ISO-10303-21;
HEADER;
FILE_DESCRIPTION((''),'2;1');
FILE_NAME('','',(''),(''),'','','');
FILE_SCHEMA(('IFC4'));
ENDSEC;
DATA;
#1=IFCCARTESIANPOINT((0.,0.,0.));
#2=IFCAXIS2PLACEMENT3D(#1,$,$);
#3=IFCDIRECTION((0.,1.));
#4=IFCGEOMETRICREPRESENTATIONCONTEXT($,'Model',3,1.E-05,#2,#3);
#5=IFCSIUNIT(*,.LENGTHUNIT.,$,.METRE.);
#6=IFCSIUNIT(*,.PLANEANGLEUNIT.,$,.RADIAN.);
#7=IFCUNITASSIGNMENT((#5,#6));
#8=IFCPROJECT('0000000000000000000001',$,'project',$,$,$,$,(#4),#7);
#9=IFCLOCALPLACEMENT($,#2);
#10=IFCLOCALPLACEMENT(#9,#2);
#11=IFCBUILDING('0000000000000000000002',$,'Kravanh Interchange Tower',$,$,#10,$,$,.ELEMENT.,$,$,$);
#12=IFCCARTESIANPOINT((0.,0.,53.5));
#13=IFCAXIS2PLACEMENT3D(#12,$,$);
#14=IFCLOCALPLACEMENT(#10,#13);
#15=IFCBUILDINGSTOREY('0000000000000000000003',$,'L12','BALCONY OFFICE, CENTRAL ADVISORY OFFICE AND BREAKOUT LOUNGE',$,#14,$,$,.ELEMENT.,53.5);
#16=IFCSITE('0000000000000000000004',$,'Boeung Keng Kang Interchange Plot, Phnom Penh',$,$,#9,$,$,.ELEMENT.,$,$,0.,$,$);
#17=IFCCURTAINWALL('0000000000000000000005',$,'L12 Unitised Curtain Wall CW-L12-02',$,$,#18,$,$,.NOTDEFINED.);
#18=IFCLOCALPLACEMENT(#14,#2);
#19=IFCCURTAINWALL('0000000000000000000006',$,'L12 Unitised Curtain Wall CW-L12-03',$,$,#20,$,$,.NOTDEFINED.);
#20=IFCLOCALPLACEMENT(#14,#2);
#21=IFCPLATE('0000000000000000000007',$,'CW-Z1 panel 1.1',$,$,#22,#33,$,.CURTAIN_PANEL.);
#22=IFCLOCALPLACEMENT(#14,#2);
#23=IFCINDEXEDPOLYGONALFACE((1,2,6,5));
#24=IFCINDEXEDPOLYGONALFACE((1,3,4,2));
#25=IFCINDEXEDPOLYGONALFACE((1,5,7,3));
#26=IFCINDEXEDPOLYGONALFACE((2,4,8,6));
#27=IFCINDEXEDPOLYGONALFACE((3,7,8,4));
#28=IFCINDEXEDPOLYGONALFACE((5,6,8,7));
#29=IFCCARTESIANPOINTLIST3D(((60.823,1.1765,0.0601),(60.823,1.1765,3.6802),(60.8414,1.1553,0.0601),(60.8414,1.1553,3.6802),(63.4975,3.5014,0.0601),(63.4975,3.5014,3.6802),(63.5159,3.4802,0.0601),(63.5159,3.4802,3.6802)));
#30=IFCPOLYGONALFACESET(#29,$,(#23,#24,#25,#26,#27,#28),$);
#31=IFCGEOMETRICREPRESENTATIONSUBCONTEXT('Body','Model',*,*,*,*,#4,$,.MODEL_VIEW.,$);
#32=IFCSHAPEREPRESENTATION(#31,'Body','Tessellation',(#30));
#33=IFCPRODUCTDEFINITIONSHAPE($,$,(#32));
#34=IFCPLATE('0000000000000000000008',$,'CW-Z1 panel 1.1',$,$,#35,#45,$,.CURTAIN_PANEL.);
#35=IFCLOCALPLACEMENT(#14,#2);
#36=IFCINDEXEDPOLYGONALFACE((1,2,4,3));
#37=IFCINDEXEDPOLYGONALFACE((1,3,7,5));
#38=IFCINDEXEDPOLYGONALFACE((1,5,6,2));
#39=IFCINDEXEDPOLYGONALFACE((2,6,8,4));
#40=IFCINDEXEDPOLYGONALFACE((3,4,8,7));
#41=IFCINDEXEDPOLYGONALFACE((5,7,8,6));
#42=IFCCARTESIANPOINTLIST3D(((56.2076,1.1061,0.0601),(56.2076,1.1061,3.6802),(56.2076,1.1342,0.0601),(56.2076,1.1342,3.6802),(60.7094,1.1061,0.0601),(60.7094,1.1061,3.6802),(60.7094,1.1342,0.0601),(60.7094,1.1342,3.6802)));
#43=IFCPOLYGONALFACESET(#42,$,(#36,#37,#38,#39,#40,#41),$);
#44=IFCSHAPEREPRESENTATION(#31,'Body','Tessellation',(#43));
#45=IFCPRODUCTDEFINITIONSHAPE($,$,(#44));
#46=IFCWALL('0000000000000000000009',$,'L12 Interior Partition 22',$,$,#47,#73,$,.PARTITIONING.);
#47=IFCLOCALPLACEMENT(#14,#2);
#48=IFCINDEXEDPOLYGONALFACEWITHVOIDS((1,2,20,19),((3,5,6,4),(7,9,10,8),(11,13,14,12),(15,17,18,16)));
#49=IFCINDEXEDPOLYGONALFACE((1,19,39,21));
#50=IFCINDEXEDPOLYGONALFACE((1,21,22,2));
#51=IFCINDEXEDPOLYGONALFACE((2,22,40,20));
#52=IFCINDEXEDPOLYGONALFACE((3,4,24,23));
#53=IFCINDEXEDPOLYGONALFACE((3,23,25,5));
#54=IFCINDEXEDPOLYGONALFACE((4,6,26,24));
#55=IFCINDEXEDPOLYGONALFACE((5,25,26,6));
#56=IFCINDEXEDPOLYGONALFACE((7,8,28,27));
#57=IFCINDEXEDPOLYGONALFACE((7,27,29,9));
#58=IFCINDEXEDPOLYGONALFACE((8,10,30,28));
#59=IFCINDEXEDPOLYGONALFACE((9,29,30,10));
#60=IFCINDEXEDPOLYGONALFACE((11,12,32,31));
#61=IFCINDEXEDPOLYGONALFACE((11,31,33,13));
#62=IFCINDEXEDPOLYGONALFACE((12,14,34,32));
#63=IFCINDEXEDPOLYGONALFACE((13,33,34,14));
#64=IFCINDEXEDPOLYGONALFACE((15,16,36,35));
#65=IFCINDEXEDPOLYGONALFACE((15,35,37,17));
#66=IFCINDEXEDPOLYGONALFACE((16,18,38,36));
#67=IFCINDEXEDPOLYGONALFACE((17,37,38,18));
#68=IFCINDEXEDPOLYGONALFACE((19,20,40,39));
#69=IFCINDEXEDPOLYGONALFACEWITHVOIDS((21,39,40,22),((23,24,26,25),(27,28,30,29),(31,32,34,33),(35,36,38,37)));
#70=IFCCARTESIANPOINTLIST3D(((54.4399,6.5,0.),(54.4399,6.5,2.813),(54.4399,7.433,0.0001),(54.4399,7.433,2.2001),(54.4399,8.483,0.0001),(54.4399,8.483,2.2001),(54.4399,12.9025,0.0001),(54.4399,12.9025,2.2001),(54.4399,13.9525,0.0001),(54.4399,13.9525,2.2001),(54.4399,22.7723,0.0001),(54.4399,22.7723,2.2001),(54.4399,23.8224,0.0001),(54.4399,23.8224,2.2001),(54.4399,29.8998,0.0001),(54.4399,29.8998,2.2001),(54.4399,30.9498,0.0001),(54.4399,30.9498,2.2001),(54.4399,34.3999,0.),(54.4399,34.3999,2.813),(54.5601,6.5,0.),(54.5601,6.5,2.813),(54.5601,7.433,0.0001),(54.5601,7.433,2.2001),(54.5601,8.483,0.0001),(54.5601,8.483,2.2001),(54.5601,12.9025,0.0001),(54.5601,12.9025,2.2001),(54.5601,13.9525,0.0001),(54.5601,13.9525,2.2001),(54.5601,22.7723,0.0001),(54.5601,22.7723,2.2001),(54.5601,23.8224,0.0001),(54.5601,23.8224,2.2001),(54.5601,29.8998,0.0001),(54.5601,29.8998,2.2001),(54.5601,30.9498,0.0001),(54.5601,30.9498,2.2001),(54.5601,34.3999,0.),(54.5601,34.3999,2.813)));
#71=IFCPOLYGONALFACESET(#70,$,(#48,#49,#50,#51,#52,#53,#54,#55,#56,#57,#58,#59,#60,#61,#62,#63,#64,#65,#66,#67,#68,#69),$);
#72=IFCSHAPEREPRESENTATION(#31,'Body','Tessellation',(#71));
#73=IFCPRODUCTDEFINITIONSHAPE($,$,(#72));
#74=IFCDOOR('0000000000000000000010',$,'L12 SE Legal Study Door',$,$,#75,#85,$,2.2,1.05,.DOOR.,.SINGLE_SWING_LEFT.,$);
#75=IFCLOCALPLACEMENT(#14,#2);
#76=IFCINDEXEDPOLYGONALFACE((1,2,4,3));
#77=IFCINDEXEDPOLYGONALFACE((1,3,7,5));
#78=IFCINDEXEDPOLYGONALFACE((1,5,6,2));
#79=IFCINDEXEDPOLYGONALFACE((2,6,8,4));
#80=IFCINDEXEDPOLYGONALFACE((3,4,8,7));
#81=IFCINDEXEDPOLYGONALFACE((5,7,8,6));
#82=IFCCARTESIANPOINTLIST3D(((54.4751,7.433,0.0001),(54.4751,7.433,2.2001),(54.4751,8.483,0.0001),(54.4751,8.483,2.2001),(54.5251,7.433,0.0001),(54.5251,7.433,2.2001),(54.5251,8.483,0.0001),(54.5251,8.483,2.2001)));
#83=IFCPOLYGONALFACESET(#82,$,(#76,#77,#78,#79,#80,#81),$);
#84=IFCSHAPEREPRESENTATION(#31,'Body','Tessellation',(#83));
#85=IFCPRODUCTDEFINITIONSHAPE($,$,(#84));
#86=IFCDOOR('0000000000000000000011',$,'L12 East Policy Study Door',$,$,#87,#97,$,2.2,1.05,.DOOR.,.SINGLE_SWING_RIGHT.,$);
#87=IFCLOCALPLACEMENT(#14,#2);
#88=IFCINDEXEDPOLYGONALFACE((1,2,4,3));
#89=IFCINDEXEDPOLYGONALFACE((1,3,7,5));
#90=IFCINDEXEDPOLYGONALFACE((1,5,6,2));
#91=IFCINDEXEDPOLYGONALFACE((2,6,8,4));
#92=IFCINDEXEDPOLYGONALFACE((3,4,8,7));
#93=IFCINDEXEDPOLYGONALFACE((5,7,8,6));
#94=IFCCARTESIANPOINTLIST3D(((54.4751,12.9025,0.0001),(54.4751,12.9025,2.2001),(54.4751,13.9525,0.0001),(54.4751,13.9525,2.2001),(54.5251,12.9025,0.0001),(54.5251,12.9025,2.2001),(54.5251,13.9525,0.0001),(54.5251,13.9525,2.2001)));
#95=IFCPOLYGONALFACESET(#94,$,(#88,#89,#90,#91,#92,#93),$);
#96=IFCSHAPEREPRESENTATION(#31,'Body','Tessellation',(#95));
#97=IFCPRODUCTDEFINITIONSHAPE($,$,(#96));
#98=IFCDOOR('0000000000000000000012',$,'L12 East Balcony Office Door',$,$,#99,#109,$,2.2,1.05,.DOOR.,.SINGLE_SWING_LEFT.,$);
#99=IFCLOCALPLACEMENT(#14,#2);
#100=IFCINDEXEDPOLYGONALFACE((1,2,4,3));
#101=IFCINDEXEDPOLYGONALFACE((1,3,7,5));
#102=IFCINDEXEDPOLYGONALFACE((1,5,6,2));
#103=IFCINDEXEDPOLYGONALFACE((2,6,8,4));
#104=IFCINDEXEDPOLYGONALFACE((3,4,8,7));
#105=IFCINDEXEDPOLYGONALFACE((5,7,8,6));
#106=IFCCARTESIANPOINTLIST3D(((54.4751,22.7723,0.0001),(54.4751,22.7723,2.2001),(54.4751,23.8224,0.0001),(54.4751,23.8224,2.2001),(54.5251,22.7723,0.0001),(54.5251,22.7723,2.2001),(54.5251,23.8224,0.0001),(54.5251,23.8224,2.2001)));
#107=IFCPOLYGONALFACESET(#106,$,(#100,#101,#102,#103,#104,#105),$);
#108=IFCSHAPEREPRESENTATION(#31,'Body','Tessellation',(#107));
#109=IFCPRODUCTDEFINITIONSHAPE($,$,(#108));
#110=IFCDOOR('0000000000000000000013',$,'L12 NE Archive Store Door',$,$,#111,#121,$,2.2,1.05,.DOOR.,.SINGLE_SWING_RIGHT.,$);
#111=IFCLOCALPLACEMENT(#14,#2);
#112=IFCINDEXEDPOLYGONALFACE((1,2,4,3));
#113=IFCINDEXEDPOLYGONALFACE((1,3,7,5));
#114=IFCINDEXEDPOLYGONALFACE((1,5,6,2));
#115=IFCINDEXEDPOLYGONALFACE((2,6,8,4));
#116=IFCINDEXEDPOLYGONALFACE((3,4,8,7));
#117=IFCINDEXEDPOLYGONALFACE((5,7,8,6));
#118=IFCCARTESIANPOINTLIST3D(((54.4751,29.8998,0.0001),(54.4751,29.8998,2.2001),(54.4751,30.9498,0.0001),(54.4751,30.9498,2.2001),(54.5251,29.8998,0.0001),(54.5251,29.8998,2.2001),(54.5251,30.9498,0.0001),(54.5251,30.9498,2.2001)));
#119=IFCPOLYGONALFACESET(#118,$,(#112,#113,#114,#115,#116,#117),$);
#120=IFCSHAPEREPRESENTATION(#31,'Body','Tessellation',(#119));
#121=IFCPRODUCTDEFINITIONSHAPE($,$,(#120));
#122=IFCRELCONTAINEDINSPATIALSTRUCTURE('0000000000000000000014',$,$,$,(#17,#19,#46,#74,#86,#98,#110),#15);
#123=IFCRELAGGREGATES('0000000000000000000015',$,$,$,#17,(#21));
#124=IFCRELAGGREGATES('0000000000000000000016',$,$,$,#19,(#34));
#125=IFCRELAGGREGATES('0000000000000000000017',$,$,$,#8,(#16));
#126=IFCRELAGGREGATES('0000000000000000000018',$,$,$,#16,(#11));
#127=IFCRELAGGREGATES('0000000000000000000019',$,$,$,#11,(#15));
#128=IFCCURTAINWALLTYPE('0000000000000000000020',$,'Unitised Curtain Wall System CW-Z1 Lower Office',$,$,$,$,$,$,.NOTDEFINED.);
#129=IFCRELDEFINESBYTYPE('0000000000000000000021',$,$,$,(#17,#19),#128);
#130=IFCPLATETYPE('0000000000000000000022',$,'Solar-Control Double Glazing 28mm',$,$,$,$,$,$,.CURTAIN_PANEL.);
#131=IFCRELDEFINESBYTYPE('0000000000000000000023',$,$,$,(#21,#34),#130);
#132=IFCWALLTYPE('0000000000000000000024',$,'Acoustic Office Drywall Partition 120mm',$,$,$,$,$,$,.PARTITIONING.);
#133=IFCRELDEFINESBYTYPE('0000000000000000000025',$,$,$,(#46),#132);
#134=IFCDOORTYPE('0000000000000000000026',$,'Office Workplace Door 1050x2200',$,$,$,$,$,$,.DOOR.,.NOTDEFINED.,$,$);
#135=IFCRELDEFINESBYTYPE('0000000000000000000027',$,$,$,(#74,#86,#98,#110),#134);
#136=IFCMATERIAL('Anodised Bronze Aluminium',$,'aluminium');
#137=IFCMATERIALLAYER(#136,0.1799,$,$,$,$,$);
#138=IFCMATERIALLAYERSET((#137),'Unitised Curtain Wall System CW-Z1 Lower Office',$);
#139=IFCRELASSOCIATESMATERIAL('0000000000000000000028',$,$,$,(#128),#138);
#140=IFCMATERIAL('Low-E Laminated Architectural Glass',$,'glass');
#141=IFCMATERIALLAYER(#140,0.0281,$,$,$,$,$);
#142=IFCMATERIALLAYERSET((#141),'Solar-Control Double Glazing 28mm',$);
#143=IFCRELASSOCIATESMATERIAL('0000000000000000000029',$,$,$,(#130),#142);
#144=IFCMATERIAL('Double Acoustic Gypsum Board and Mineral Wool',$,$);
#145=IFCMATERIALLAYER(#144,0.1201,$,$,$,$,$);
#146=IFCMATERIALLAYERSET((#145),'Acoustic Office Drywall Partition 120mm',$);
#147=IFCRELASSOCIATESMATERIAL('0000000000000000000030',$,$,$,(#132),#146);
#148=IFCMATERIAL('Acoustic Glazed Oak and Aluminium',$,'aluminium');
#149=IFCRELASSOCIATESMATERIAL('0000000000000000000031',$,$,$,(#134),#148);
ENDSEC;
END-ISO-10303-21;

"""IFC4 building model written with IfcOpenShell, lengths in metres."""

from ifc_helpers import new_model, si_unit, direction, frame, frame_2d, origin, origin_2d, place, context, subcontext, project, spatial, rectangle, extrude, material, layer, layer_set, type_object, element, fill, aggregate, save


model = new_model("IFC4")

# Units and contexts
model_context = context("Model", 3, precision=1e-05, world=origin(), true_north=direction((0.0, 1.0)))
body_context = subcontext(model_context, "Body", "Model", "MODEL_VIEW")
ifc_project = project(units=[si_unit("LENGTHUNIT", "METRE"), si_unit("PLANEANGLEUNIT", "RADIAN")], contexts=[model_context])

# Site, building, storey
site_placement = place(None, origin())
site = spatial("IfcSite", under=ifc_project, at=site_placement, Name="Boeung Keng Kang Interchange Plot, Phnom Penh", CompositionType="ELEMENT", RefElevation=0.0)
building_placement = place(site_placement, origin())
building = spatial("IfcBuilding", under=site, at=building_placement, Name="Kravanh Interchange Tower", CompositionType="ELEMENT")
storey_placement = place(building_placement, frame((0.0, 0.0, 53.5)))
storey = spatial("IfcBuildingStorey", under=building, at=storey_placement, Name="L12", Description="BALCONY OFFICE, CENTRAL ADVISORY OFFICE AND BREAKOUT LOUNGE", CompositionType="ELEMENT", Elevation=53.5)

# Curtain walls
ifc_material_1 = material(Name="Anodised Bronze Aluminium", Category="aluminium")
ifc_layer_1 = layer(ifc_material_1, 0.1799)
ifc_layer_set_1 = layer_set([ifc_layer_1], Name="Unitised Curtain Wall System CW-Z1 Lower Office")
curtain_wall_type = type_object("IfcCurtainWallType", Name="Unitised Curtain Wall System CW-Z1 Lower Office", PredefinedType="NOTDEFINED", material=ifc_layer_set_1)
curtain_wall_1_placement = place(storey_placement, origin())
curtain_wall_1 = element("IfcCurtainWall", 1, at=curtain_wall_1_placement, inside=storey, type_object=curtain_wall_type, Name="L12 Unitised Curtain Wall CW-L12-02", PredefinedType="NOTDEFINED")
curtain_wall_2_placement = place(storey_placement, origin())
curtain_wall_2 = element("IfcCurtainWall", 2, at=curtain_wall_2_placement, inside=storey, type_object=curtain_wall_type, Name="L12 Unitised Curtain Wall CW-L12-03", PredefinedType="NOTDEFINED")

# Plates
ifc_material_2 = material(Name="Low-E Laminated Architectural Glass", Category="glass")
ifc_layer_2 = layer(ifc_material_2, 0.0281)
ifc_layer_set_2 = layer_set([ifc_layer_2], Name="Solar-Control Double Glazing 28mm")
plate_type = type_object("IfcPlateType", Name="Solar-Control Double Glazing 28mm", PredefinedType="CURTAIN_PANEL", material=ifc_layer_set_2)
plate_1_placement = place(storey_placement, frame((62.1694, 2.3284, 0.0601), z_axis=(0.0, 0.0, 1.0), x_axis=(-0.754708, -0.65606, 0.0)))
plate_1 = element("IfcPlate", 3, at=plate_1_placement, type_object=plate_type, Name="CW-Z1 panel 1.1", PredefinedType="CURTAIN_PANEL", context=body_context, shape_type="SweptSolid", body=[
    extrude(rectangle(XDim=3.5437, YDim=0.0281, at=origin_2d()), origin(), (0.0, 0.0, 1.0), 3.6201),
])
aggregate(curtain_wall_1, [plate_1])
plate_2_placement = place(storey_placement, frame((58.4585, 1.1201, 0.0601), z_axis=(0.0, 0.0, 1.0), x_axis=(-1.0, 0.0, 0.0)))
plate_2 = element("IfcPlate", 4, at=plate_2_placement, type_object=plate_type, Name="CW-Z1 panel 1.1", PredefinedType="CURTAIN_PANEL", context=body_context, shape_type="SweptSolid", body=[
    extrude(rectangle(XDim=4.5017, YDim=0.0281, at=origin_2d()), origin(), (0.0, 0.0, 1.0), 3.6201),
])
aggregate(curtain_wall_2, [plate_2])

# Wall, openings, doors
ifc_material_3 = material(Name="Double Acoustic Gypsum Board and Mineral Wool")
ifc_layer_3 = layer(ifc_material_3, 0.1201)
ifc_layer_set_3 = layer_set([ifc_layer_3], Name="Acoustic Office Drywall Partition 120mm")
wall_type = type_object("IfcWallType", Name="Acoustic Office Drywall Partition 120mm", PredefinedType="PARTITIONING", material=ifc_layer_set_3)
wall_placement = place(storey_placement, frame((54.5, 6.5, 0.0), z_axis=(0.0, 0.0, 1.0), x_axis=(0.0, 1.0, 0.0)))
wall = element("IfcWall", 5, at=wall_placement, inside=storey, type_object=wall_type, Name="L12 Interior Partition 22", PredefinedType="PARTITIONING", context=body_context, shape_type="SweptSolid", body=[
    extrude(rectangle(XDim=27.8999, YDim=0.1201, at=frame_2d((13.95, 0.0))), origin(), (0.0, 0.0, 1.0), 2.813),
])
opening_1_placement = place(wall_placement, frame((0.9331, 0.0, 0.0)))
opening_1 = element("IfcOpeningElement", 6, at=opening_1_placement, cuts=wall, PredefinedType="OPENING", context=body_context, shape_type="SweptSolid", body=[
    extrude(rectangle(XDim=1.05, YDim=2.2, at=frame_2d((0.5249, 1.1001))), frame((0.0, 0.0701, 0.0), z_axis=(0.0, -1.0, 0.0), x_axis=(1.0, 0.0, 0.0)), (0.0, 0.0, 1.0), 0.1401),
])
opening_2_placement = place(wall_placement, frame((6.4026, 0.0, 0.0)))
opening_2 = element("IfcOpeningElement", 7, at=opening_2_placement, cuts=wall, PredefinedType="OPENING", context=body_context, shape_type="SweptSolid", body=[
    extrude(rectangle(XDim=1.05, YDim=2.2, at=frame_2d((0.5249, 1.1001))), frame((0.0, 0.0701, 0.0), z_axis=(0.0, -1.0, 0.0), x_axis=(1.0, 0.0, 0.0)), (0.0, 0.0, 1.0), 0.1401),
])
opening_3_placement = place(wall_placement, frame((16.2725, 0.0, 0.0)))
opening_3 = element("IfcOpeningElement", 8, at=opening_3_placement, cuts=wall, PredefinedType="OPENING", context=body_context, shape_type="SweptSolid", body=[
    extrude(rectangle(XDim=1.05, YDim=2.2, at=frame_2d((0.5249, 1.1001))), frame((0.0, 0.0701, 0.0), z_axis=(0.0, -1.0, 0.0), x_axis=(1.0, 0.0, 0.0)), (0.0, 0.0, 1.0), 0.1401),
])
opening_4_placement = place(wall_placement, frame((23.3999, 0.0, 0.0)))
opening_4 = element("IfcOpeningElement", 9, at=opening_4_placement, cuts=wall, PredefinedType="OPENING", context=body_context, shape_type="SweptSolid", body=[
    extrude(rectangle(XDim=1.05, YDim=2.2, at=frame_2d((0.5249, 1.1001))), frame((0.0, 0.0701, 0.0), z_axis=(0.0, -1.0, 0.0), x_axis=(1.0, 0.0, 0.0)), (0.0, 0.0, 1.0), 0.1401),
])
ifc_material_4 = material(Name="Acoustic Glazed Oak and Aluminium", Category="aluminium")
door_type = type_object("IfcDoorType", Name="Office Workplace Door 1050x2200", OperationType="NOTDEFINED", PredefinedType="DOOR", material=ifc_material_4)
door_1_placement = place(opening_1_placement, origin())
door_1 = element("IfcDoor", 10, at=door_1_placement, inside=storey, type_object=door_type, Name="L12 SE Legal Study Door", OperationType="SINGLE_SWING_LEFT", OverallHeight=2.2, OverallWidth=1.05, PredefinedType="DOOR", context=body_context, shape_type="SweptSolid", body=[
    extrude(rectangle(XDim=1.05, YDim=2.2, at=frame_2d((0.5249, 1.1001))), frame((0.0, 0.0249, 0.0), z_axis=(0.0, -1.0, 0.0), x_axis=(1.0, 0.0, 0.0)), (0.0, 0.0, 1.0), 0.05),
])
fill(opening_1, door_1)
door_2_placement = place(opening_2_placement, origin())
door_2 = element("IfcDoor", 11, at=door_2_placement, inside=storey, type_object=door_type, Name="L12 East Policy Study Door", OperationType="SINGLE_SWING_RIGHT", OverallHeight=2.2, OverallWidth=1.05, PredefinedType="DOOR", context=body_context, shape_type="SweptSolid", body=[
    extrude(rectangle(XDim=1.05, YDim=2.2, at=frame_2d((0.5249, 1.1001))), frame((0.0, 0.0249, 0.0), z_axis=(0.0, -1.0, 0.0), x_axis=(1.0, 0.0, 0.0)), (0.0, 0.0, 1.0), 0.05),
])
fill(opening_2, door_2)
door_3_placement = place(opening_3_placement, origin())
door_3 = element("IfcDoor", 12, at=door_3_placement, inside=storey, type_object=door_type, Name="L12 East Balcony Office Door", OperationType="SINGLE_SWING_LEFT", OverallHeight=2.2, OverallWidth=1.05, PredefinedType="DOOR", context=body_context, shape_type="SweptSolid", body=[
    extrude(rectangle(XDim=1.05, YDim=2.2, at=frame_2d((0.5249, 1.1001))), frame((0.0, 0.0249, 0.0), z_axis=(0.0, -1.0, 0.0), x_axis=(1.0, 0.0, 0.0)), (0.0, 0.0, 1.0), 0.05),
])
fill(opening_3, door_3)
door_4_placement = place(opening_4_placement, origin())
door_4 = element("IfcDoor", 13, at=door_4_placement, inside=storey, type_object=door_type, Name="L12 NE Archive Store Door", OperationType="SINGLE_SWING_RIGHT", OverallHeight=2.2, OverallWidth=1.05, PredefinedType="DOOR", context=body_context, shape_type="SweptSolid", body=[
    extrude(rectangle(XDim=1.05, YDim=2.2, at=frame_2d((0.5249, 1.1001))), frame((0.0, 0.0249, 0.0), z_axis=(0.0, -1.0, 0.0), x_axis=(1.0, 0.0, 0.0)), (0.0, 0.0, 1.0), 0.05),
])
fill(opening_4, door_4)

save(model, "model.ifc")
